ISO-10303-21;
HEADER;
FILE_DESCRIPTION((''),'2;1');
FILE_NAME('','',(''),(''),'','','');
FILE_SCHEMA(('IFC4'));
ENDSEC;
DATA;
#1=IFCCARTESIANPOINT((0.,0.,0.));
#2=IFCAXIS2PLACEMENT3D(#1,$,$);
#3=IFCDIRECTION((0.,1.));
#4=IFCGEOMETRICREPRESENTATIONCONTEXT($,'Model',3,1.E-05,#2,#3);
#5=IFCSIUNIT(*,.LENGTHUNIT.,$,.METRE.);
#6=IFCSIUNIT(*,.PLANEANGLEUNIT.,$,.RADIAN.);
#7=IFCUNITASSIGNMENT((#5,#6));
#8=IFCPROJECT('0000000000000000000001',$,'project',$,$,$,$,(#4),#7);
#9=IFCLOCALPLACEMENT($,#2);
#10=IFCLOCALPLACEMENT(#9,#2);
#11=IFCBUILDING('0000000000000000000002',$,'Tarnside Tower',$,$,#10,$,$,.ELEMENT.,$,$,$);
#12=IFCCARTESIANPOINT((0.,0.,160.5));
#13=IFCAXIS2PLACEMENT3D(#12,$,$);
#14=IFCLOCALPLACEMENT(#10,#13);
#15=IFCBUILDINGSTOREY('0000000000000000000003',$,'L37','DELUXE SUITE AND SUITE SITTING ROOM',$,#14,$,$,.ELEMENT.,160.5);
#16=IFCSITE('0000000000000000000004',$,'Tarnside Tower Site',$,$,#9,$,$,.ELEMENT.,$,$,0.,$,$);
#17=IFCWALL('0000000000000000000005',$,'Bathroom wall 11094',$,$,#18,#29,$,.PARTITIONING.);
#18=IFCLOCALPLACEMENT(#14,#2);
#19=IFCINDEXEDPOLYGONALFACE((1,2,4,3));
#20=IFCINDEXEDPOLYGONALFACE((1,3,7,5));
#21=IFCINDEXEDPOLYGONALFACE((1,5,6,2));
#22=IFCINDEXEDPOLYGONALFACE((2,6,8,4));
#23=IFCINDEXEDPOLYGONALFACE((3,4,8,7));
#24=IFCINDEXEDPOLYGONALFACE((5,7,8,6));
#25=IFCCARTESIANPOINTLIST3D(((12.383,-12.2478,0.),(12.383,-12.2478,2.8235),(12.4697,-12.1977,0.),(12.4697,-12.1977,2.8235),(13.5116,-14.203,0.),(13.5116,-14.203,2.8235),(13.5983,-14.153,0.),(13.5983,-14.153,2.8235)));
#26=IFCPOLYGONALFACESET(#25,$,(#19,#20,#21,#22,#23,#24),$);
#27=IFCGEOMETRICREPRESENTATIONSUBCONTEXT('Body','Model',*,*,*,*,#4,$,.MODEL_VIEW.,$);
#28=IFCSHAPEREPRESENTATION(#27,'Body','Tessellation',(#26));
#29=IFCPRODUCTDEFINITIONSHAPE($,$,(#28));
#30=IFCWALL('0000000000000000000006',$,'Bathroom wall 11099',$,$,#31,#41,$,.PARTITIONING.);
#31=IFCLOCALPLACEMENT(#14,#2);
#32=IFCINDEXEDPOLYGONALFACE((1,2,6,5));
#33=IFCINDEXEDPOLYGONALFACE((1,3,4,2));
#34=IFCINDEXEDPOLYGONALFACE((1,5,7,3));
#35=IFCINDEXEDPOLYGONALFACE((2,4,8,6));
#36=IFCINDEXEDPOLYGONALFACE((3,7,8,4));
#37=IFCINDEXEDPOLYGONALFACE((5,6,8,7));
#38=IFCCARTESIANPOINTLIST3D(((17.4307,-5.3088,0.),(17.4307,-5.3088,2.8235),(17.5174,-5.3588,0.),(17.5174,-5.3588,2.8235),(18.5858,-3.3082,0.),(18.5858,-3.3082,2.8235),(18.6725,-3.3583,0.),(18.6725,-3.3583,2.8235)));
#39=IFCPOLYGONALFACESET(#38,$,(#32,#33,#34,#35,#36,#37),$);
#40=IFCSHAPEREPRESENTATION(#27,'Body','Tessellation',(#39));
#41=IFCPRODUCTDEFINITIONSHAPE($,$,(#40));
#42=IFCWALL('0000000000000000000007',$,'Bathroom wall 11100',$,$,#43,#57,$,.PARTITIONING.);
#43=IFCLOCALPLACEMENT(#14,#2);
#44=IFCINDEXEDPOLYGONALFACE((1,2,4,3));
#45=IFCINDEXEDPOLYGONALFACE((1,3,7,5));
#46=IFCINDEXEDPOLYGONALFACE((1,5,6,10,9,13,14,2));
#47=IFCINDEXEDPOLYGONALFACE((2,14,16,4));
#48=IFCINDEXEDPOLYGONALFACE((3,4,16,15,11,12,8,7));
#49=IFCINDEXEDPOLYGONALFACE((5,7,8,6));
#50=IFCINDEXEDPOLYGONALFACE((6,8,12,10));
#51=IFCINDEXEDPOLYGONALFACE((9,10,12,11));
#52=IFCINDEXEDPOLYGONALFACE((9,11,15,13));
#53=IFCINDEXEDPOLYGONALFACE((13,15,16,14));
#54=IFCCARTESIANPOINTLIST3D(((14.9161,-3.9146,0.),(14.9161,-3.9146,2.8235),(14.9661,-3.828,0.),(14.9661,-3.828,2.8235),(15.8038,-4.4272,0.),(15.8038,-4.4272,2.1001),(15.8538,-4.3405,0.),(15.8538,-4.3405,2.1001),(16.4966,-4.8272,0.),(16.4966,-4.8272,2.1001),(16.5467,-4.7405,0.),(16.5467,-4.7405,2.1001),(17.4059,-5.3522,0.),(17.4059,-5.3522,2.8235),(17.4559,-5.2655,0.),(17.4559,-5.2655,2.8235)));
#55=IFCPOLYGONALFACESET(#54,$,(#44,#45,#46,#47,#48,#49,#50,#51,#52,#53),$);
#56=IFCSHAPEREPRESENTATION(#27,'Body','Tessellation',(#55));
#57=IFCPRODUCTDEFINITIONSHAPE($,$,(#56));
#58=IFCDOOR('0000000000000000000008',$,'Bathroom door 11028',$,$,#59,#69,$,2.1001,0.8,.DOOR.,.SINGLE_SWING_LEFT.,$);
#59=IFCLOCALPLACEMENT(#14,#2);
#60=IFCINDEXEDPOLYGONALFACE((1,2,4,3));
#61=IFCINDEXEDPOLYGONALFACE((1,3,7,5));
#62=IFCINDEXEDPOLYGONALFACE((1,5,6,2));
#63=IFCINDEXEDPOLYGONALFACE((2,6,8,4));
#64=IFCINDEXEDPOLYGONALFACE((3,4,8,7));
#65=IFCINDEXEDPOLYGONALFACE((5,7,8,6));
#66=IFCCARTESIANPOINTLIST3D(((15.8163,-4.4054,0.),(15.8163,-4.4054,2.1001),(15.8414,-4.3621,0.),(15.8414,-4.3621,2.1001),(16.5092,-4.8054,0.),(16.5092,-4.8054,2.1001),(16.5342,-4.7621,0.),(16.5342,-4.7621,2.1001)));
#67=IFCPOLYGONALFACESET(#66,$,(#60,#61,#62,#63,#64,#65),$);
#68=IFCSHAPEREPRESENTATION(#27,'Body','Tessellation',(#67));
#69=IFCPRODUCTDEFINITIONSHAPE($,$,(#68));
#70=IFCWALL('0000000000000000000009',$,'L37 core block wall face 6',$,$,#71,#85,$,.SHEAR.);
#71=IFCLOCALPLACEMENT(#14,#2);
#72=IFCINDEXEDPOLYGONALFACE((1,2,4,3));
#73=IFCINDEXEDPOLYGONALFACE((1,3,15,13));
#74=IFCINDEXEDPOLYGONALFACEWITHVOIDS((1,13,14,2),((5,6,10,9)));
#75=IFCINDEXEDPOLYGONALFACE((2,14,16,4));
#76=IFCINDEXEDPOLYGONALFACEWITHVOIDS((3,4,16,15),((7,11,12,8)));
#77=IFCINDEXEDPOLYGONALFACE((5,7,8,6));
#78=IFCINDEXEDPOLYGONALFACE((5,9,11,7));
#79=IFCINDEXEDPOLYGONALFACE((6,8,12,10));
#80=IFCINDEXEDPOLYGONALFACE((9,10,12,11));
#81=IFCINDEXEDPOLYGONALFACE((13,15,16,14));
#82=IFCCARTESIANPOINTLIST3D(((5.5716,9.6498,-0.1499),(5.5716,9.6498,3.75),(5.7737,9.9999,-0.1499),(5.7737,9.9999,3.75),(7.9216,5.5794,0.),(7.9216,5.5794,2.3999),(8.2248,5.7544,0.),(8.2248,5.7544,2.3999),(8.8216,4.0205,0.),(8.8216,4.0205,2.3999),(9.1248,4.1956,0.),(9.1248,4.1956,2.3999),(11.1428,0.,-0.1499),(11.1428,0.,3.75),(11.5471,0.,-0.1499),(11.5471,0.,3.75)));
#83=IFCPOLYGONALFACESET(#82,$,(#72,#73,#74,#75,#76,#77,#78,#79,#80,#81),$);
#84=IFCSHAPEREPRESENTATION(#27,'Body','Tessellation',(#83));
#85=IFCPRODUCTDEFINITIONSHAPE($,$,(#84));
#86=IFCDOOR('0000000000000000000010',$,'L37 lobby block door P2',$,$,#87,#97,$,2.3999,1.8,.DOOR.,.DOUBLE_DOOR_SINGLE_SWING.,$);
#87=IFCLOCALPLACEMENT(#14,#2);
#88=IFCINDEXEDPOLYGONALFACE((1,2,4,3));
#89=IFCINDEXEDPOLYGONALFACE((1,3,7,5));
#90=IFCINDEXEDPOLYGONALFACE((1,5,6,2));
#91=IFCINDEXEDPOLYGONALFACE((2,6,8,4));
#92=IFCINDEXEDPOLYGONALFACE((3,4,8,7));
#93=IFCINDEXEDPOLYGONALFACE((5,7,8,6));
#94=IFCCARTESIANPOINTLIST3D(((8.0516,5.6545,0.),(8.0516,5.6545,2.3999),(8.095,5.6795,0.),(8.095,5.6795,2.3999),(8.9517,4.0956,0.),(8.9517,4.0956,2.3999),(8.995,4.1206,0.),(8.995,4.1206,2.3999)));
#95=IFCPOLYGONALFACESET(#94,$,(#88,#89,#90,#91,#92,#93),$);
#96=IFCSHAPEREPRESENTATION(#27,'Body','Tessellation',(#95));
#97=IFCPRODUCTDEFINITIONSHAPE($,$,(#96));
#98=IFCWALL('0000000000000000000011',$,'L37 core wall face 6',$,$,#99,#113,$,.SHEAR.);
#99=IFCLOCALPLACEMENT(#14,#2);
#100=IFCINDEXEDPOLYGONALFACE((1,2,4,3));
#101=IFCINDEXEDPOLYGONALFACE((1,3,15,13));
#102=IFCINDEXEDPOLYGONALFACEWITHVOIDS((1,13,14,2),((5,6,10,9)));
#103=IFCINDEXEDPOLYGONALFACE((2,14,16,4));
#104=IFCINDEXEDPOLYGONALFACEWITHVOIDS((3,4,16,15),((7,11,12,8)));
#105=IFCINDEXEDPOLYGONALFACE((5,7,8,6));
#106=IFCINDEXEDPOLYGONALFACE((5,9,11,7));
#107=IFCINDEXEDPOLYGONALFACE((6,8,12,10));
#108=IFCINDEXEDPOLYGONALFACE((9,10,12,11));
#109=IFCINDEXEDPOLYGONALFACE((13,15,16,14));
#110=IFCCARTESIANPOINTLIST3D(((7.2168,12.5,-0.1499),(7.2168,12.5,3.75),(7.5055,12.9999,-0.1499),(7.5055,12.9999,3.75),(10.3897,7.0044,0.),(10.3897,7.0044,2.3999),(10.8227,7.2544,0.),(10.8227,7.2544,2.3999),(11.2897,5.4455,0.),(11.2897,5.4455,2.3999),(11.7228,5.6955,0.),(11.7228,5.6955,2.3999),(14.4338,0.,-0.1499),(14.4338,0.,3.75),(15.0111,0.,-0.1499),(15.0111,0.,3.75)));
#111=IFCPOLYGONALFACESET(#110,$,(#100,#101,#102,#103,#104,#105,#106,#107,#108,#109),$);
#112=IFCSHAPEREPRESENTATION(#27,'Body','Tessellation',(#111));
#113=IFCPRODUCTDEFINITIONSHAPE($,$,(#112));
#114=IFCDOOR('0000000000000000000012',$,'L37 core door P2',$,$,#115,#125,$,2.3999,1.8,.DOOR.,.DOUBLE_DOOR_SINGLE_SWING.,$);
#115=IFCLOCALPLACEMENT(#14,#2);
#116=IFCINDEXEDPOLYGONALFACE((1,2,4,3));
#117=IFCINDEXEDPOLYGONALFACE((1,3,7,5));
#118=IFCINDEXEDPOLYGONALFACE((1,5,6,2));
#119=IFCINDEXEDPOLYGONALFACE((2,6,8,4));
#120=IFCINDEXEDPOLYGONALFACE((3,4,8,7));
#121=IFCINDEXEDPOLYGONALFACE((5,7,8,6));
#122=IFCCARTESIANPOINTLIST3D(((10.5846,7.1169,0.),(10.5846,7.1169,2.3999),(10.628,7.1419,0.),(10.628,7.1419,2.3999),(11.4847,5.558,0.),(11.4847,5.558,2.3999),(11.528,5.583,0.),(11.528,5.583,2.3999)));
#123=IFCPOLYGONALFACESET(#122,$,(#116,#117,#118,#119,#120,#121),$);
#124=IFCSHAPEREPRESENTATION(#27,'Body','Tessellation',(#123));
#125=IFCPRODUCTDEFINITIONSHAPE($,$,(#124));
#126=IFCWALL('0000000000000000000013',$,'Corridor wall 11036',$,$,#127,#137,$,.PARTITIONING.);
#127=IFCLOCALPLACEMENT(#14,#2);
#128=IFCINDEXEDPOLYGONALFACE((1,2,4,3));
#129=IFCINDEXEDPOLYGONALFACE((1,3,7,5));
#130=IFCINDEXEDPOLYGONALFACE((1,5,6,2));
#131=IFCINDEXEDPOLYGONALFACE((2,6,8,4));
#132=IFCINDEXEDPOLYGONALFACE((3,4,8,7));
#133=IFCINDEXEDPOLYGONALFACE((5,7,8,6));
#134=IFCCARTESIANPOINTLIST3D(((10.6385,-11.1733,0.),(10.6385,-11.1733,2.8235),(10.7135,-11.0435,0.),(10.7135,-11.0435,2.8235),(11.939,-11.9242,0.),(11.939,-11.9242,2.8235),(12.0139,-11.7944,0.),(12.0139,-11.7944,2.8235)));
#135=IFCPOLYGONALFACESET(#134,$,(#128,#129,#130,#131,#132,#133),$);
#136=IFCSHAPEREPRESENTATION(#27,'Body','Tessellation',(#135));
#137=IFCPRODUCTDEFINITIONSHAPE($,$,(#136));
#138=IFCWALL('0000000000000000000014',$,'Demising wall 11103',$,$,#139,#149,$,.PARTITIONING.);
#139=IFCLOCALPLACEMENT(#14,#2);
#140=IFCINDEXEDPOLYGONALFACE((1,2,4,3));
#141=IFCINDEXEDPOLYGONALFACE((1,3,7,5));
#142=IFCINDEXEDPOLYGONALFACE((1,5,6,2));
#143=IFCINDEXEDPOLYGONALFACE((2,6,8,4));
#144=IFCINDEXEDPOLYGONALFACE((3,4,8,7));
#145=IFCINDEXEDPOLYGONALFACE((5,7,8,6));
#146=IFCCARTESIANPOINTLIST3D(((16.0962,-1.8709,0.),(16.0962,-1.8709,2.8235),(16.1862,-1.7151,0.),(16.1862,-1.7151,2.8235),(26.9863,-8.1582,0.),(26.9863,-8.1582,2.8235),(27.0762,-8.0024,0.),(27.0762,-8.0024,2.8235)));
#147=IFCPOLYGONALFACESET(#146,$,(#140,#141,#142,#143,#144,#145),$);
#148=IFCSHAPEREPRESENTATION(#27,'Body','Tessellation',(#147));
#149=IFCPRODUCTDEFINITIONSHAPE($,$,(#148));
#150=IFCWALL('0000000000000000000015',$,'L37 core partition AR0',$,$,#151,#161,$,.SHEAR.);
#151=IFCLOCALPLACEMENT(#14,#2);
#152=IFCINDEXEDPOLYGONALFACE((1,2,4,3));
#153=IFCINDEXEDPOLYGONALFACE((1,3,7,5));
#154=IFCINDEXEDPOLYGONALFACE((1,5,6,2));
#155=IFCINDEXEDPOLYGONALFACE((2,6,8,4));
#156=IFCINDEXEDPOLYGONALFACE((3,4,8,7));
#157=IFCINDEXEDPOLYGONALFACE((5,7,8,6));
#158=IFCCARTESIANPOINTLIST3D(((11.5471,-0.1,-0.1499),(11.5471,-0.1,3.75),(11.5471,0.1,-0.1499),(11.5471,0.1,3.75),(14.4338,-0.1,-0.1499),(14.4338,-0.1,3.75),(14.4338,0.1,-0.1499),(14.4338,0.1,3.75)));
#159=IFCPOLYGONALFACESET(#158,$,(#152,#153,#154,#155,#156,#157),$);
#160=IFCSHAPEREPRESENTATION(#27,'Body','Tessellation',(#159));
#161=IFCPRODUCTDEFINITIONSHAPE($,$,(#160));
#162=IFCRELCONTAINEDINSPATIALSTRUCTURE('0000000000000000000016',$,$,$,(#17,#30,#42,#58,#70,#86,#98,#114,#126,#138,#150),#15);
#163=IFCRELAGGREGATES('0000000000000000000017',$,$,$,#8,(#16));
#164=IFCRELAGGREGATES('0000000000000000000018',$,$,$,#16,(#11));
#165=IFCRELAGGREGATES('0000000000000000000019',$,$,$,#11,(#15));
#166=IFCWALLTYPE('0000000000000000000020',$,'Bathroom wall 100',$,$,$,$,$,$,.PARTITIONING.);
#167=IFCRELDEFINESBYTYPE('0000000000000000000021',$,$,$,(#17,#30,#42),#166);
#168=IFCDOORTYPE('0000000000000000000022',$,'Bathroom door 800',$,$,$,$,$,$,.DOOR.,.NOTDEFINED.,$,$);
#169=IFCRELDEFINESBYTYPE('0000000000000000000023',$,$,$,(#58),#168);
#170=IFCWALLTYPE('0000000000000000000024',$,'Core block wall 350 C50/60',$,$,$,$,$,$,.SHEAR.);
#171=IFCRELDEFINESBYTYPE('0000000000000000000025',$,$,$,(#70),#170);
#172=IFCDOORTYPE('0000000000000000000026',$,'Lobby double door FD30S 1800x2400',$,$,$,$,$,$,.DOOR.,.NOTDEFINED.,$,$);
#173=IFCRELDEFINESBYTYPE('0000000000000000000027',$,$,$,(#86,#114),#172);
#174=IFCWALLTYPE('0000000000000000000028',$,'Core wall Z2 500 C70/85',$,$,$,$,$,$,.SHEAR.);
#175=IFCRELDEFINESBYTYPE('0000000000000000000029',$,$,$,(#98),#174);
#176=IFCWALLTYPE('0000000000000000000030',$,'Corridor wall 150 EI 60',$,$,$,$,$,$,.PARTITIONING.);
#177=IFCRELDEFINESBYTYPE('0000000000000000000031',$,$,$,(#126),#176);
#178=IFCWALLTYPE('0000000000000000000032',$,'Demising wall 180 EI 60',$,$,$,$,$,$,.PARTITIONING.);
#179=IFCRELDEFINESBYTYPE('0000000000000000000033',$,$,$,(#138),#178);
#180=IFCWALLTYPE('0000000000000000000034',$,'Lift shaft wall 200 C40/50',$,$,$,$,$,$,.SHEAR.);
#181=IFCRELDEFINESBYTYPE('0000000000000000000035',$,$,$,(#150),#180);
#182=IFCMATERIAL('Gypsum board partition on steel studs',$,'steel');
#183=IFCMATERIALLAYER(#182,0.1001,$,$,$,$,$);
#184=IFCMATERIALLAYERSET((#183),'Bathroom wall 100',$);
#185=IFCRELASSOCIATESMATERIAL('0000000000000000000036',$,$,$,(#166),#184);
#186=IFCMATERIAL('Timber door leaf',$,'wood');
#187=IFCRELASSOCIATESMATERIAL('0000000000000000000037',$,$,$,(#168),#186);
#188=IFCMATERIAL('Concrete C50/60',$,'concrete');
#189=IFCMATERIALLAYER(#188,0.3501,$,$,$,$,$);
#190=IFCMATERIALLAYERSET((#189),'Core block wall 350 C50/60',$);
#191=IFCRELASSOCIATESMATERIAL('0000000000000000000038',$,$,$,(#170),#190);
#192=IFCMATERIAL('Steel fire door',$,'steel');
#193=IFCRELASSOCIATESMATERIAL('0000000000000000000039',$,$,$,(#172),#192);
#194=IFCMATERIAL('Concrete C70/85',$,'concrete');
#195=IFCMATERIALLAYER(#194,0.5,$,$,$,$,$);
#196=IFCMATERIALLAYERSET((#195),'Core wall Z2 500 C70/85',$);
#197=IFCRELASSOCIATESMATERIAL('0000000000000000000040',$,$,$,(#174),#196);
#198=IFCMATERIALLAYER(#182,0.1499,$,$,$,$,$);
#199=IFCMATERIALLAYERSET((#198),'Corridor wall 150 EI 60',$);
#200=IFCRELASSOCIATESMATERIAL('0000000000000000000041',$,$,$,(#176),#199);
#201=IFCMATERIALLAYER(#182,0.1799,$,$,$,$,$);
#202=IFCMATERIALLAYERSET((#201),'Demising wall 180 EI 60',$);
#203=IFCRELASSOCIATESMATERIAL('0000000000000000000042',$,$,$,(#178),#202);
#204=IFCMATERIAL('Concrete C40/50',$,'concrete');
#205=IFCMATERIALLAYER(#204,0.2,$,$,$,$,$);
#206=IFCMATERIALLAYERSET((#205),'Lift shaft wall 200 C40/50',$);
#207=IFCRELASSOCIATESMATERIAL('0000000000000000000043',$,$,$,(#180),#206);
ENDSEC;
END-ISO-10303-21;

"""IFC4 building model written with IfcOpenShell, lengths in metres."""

from ifc_helpers import new_model, si_unit, direction, frame, frame_2d, origin, place, context, subcontext, project, spatial, polyline, rectangle, outline, extrude, material, layer, layer_set, type_object, element, fill, save


model = new_model("IFC4")

# Units and contexts
model_context = context("Model", 3, precision=1e-05, world=origin(), true_north=direction((0.0, 1.0)))
body_context = subcontext(model_context, "Body", "Model", "MODEL_VIEW")
ifc_project = project(units=[si_unit("LENGTHUNIT", "METRE"), si_unit("PLANEANGLEUNIT", "RADIAN")], contexts=[model_context])

# Site, building, storey
site_placement = place(None, origin())
site = spatial("IfcSite", under=ifc_project, at=site_placement, Name="Tarnside Tower Site", CompositionType="ELEMENT", RefElevation=0.0)
building_placement = place(site_placement, origin())
building = spatial("IfcBuilding", under=site, at=building_placement, Name="Tarnside Tower", CompositionType="ELEMENT")
storey_placement = place(building_placement, frame((0.0, 0.0, 160.5)))
storey = spatial("IfcBuildingStorey", under=building, at=storey_placement, Name="L37", Description="DELUXE SUITE AND SUITE SITTING ROOM", CompositionType="ELEMENT", Elevation=160.5)

# Walls
ifc_material_1 = material(Name="Gypsum board partition on steel studs", Category="steel")
ifc_layer_1 = layer(ifc_material_1, 0.1001)
ifc_layer_set_1 = layer_set([ifc_layer_1], Name="Bathroom wall 100")
wall_type_1 = type_object("IfcWallType", Name="Bathroom wall 100", PredefinedType="PARTITIONING", material=ifc_layer_set_1)
wall_1_placement = place(storey_placement, frame((12.4263, -12.2227, 0.0), z_axis=(0.0, 0.0, 1.0), x_axis=(0.499919, -0.866072, 0.0)))
element("IfcWall", 1, at=wall_1_placement, inside=storey, type_object=wall_type_1, Name="Bathroom wall 11094", PredefinedType="PARTITIONING", context=body_context, shape_type="SweptSolid", body=[
    extrude(rectangle(XDim=2.2576, YDim=0.1001, at=frame_2d((1.1289, 0.0))), origin(), (0.0, 0.0, 1.0), 2.8235),
])
wall_2_placement = place(storey_placement, frame((18.6292, -3.3333, 0.0), z_axis=(0.0, 0.0, 1.0), x_axis=(-0.500015, -0.866017, 0.0)))
element("IfcWall", 2, at=wall_2_placement, inside=storey, type_object=wall_type_1, Name="Bathroom wall 11099", PredefinedType="PARTITIONING", context=body_context, shape_type="SweptSolid", body=[
    extrude(rectangle(XDim=2.3101, YDim=0.1001, at=frame_2d((1.155, 0.0))), origin(), (0.0, 0.0, 1.0), 2.8235),
])

# Walls, openings, doors
wall_3_placement = place(storey_placement, frame((17.4309, -5.3088, 0.0), z_axis=(0.0, 0.0, 1.0), x_axis=(-0.866019, 0.500012, 0.0)))
wall_3 = element("IfcWall", 3, at=wall_3_placement, inside=storey, type_object=wall_type_1, Name="Bathroom wall 11100", PredefinedType="PARTITIONING", context=body_context, shape_type="SweptSolid", body=[
    extrude(rectangle(XDim=2.875, YDim=0.1001, at=frame_2d((1.4375, 0.0))), origin(), (0.0, 0.0, 1.0), 2.8235),
])
opening_1_placement = place(wall_3_placement, frame((1.05, 0.0, 0.0)))
opening_1 = element("IfcOpeningElement", 4, at=opening_1_placement, cuts=wall_3, PredefinedType="OPENING", context=body_context, shape_type="SweptSolid", body=[
    extrude(rectangle(XDim=0.8, YDim=2.1001, at=frame_2d((0.3999, 1.05))), frame((0.0, 0.0601, 0.0), z_axis=(0.0, -1.0, 0.0), x_axis=(1.0, 0.0, 0.0)), (0.0, 0.0, 1.0), 0.1201),
])
ifc_material_2 = material(Name="Timber door leaf", Category="wood")
door_type_1 = type_object("IfcDoorType", Name="Bathroom door 800", OperationType="NOTDEFINED", PredefinedType="DOOR", material=ifc_material_2)
door_1_placement = place(opening_1_placement, origin())
door_1 = element("IfcDoor", 5, at=door_1_placement, inside=storey, type_object=door_type_1, Name="Bathroom door 11028", OperationType="SINGLE_SWING_LEFT", OverallHeight=2.1001, OverallWidth=0.8, PredefinedType="DOOR", context=body_context, shape_type="SweptSolid", body=[
    extrude(rectangle(XDim=0.8, YDim=2.1001, at=frame_2d((0.3999, 1.05))), frame((0.0, 0.0249, 0.0), z_axis=(0.0, -1.0, 0.0), x_axis=(1.0, 0.0, 0.0)), (0.0, 0.0, 1.0), 0.05),
])
fill(opening_1, door_1)
ifc_material_3 = material(Name="Concrete C50/60", Category="concrete")
ifc_layer_2 = layer(ifc_material_3, 0.3501)
ifc_layer_set_2 = layer_set([ifc_layer_2], Name="Core block wall 350 C50/60")
wall_type_2 = type_object("IfcWallType", Name="Core block wall 350 C50/60", PredefinedType="SHEAR", material=ifc_layer_set_2)
wall_4_placement = place(storey_placement, frame((11.345, 0.0, -0.1499), z_axis=(0.0, 0.0, 1.0), x_axis=(-0.499995, 0.866028, 0.0)))
wall_4 = element("IfcWall", 6, at=wall_4_placement, inside=storey, type_object=wall_type_2, Name="L37 core block wall face 6", PredefinedType="SHEAR", context=body_context, shape_type="SweptSolid", body=[
    extrude(outline(polyline([(-0.1011, -0.175), (11.4458, -0.175), (11.2437, 0.175), (0.1011, 0.175), (-0.1011, -0.175)])), origin(), (0.0, 0.0, 1.0), 3.8999),
])
opening_2_placement = place(wall_4_placement, frame((4.7437, 0.0, 0.1499)))
opening_2 = element("IfcOpeningElement", 7, at=opening_2_placement, cuts=wall_4, PredefinedType="OPENING", context=body_context, shape_type="SweptSolid", body=[
    extrude(rectangle(XDim=1.8, YDim=2.3999, at=frame_2d((0.8999, 1.2))), frame((0.0, 0.1851, 0.0), z_axis=(0.0, -1.0, 0.0), x_axis=(1.0, 0.0, 0.0)), (0.0, 0.0, 1.0), 0.3701),
])
ifc_material_4 = material(Name="Steel fire door", Category="steel")
door_type_2 = type_object("IfcDoorType", Name="Lobby double door FD30S 1800x2400", OperationType="NOTDEFINED", PredefinedType="DOOR", material=ifc_material_4)
door_2_placement = place(opening_2_placement, origin())
door_2 = element("IfcDoor", 8, at=door_2_placement, inside=storey, type_object=door_type_2, Name="L37 lobby block door P2", OperationType="DOUBLE_DOOR_SINGLE_SWING", OverallHeight=2.3999, OverallWidth=1.8, PredefinedType="DOOR", context=body_context, shape_type="SweptSolid", body=[
    extrude(rectangle(XDim=1.8, YDim=2.3999, at=frame_2d((0.8999, 1.2))), frame((0.0, 0.0249, 0.0), z_axis=(0.0, -1.0, 0.0), x_axis=(1.0, 0.0, 0.0)), (0.0, 0.0, 1.0), 0.05),
])
fill(opening_2, door_2)
ifc_material_5 = material(Name="Concrete C70/85", Category="concrete")
ifc_layer_3 = layer(ifc_material_5, 0.5)
ifc_layer_set_3 = layer_set([ifc_layer_3], Name="Core wall Z2 500 C70/85")
wall_type_3 = type_object("IfcWallType", Name="Core wall Z2 500 C70/85", PredefinedType="SHEAR", material=ifc_layer_set_3)
wall_5_placement = place(storey_placement, frame((14.7224, 0.0, -0.1499), z_axis=(0.0, 0.0, 1.0), x_axis=(-0.500006, 0.866022, 0.0)))
wall_5 = element("IfcWall", 9, at=wall_5_placement, inside=storey, type_object=wall_type_3, Name="L37 core wall face 6", PredefinedType="SHEAR", context=body_context, shape_type="SweptSolid", body=[
    extrude(outline(polyline([(-0.1443, -0.25), (14.8667, -0.25), (14.5781, 0.25), (0.1443, 0.25), (-0.1443, -0.25)])), origin(), (0.0, 0.0, 1.0), 3.8999),
])
opening_3_placement = place(wall_5_placement, frame((6.4324, 0.0, 0.1499)))
opening_3 = element("IfcOpeningElement", 10, at=opening_3_placement, cuts=wall_5, PredefinedType="OPENING", context=body_context, shape_type="SweptSolid", body=[
    extrude(rectangle(XDim=1.8, YDim=2.3999, at=frame_2d((0.8999, 1.2))), frame((0.0, 0.26, 0.0), z_axis=(0.0, -1.0, 0.0), x_axis=(1.0, 0.0, 0.0)), (0.0, 0.0, 1.0), 0.52),
])
door_3_placement = place(opening_3_placement, origin())
door_3 = element("IfcDoor", 11, at=door_3_placement, inside=storey, type_object=door_type_2, Name="L37 core door P2", OperationType="DOUBLE_DOOR_SINGLE_SWING", OverallHeight=2.3999, OverallWidth=1.8, PredefinedType="DOOR", context=body_context, shape_type="SweptSolid", body=[
    extrude(rectangle(XDim=1.8, YDim=2.3999, at=frame_2d((0.8999, 1.2))), frame((0.0, 0.0249, 0.0), z_axis=(0.0, -1.0, 0.0), x_axis=(1.0, 0.0, 0.0)), (0.0, 0.0, 1.0), 0.05),
])
fill(opening_3, door_3)

# Walls
ifc_layer_4 = layer(ifc_material_1, 0.1499)
ifc_layer_set_4 = layer_set([ifc_layer_4], Name="Corridor wall 150 EI 60")
wall_type_4 = type_object("IfcWallType", Name="Corridor wall 150 EI 60", PredefinedType="PARTITIONING", material=ifc_layer_set_4)
wall_6_placement = place(storey_placement, frame((11.9766, -11.8594, 0.0), z_axis=(0.0, 0.0, 1.0), x_axis=(-0.865993, 0.500055, 0.0)))
element("IfcWall", 12, at=wall_6_placement, inside=storey, type_object=wall_type_4, Name="Corridor wall 11036", PredefinedType="PARTITIONING", context=body_context, shape_type="SweptSolid", body=[
    extrude(rectangle(XDim=1.5017, YDim=0.1499, at=frame_2d((0.751, 0.0))), origin(), (0.0, 0.0, 1.0), 2.8235),
])
ifc_layer_5 = layer(ifc_material_1, 0.1799)
ifc_layer_set_5 = layer_set([ifc_layer_5], Name="Demising wall 180 EI 60")
wall_type_5 = type_object("IfcWallType", Name="Demising wall 180 EI 60", PredefinedType="PARTITIONING", material=ifc_layer_set_5)
wall_7_placement = place(storey_placement, frame((27.0312, -8.0803, 0.0), z_axis=(0.0, 0.0, 1.0), x_axis=(-0.866028, 0.499996, 0.0)))
element("IfcWall", 13, at=wall_7_placement, inside=storey, type_object=wall_type_5, Name="Demising wall 11103", PredefinedType="PARTITIONING", context=body_context, shape_type="SweptSolid", body=[
    extrude(rectangle(XDim=12.5747, YDim=0.1799, at=frame_2d((6.2874, 0.0))), origin(), (0.0, 0.0, 1.0), 2.8235),
])
ifc_material_6 = material(Name="Concrete C40/50", Category="concrete")
ifc_layer_6 = layer(ifc_material_6, 0.2)
ifc_layer_set_6 = layer_set([ifc_layer_6], Name="Lift shaft wall 200 C40/50")
wall_type_6 = type_object("IfcWallType", Name="Lift shaft wall 200 C40/50", PredefinedType="SHEAR", material=ifc_layer_set_6)
wall_8_placement = place(storey_placement, frame((11.5471, 0.0, -0.1499), z_axis=(0.0, 0.0, 1.0), x_axis=(1.0, 0.0, 0.0)))
element("IfcWall", 14, at=wall_8_placement, inside=storey, type_object=wall_type_6, Name="L37 core partition AR0", PredefinedType="SHEAR", context=body_context, shape_type="SweptSolid", body=[
    extrude(rectangle(XDim=2.8867, YDim=0.2, at=frame_2d((1.4434, 0.0))), origin(), (0.0, 0.0, 1.0), 3.8999),
])

save(model, "model.ifc")
